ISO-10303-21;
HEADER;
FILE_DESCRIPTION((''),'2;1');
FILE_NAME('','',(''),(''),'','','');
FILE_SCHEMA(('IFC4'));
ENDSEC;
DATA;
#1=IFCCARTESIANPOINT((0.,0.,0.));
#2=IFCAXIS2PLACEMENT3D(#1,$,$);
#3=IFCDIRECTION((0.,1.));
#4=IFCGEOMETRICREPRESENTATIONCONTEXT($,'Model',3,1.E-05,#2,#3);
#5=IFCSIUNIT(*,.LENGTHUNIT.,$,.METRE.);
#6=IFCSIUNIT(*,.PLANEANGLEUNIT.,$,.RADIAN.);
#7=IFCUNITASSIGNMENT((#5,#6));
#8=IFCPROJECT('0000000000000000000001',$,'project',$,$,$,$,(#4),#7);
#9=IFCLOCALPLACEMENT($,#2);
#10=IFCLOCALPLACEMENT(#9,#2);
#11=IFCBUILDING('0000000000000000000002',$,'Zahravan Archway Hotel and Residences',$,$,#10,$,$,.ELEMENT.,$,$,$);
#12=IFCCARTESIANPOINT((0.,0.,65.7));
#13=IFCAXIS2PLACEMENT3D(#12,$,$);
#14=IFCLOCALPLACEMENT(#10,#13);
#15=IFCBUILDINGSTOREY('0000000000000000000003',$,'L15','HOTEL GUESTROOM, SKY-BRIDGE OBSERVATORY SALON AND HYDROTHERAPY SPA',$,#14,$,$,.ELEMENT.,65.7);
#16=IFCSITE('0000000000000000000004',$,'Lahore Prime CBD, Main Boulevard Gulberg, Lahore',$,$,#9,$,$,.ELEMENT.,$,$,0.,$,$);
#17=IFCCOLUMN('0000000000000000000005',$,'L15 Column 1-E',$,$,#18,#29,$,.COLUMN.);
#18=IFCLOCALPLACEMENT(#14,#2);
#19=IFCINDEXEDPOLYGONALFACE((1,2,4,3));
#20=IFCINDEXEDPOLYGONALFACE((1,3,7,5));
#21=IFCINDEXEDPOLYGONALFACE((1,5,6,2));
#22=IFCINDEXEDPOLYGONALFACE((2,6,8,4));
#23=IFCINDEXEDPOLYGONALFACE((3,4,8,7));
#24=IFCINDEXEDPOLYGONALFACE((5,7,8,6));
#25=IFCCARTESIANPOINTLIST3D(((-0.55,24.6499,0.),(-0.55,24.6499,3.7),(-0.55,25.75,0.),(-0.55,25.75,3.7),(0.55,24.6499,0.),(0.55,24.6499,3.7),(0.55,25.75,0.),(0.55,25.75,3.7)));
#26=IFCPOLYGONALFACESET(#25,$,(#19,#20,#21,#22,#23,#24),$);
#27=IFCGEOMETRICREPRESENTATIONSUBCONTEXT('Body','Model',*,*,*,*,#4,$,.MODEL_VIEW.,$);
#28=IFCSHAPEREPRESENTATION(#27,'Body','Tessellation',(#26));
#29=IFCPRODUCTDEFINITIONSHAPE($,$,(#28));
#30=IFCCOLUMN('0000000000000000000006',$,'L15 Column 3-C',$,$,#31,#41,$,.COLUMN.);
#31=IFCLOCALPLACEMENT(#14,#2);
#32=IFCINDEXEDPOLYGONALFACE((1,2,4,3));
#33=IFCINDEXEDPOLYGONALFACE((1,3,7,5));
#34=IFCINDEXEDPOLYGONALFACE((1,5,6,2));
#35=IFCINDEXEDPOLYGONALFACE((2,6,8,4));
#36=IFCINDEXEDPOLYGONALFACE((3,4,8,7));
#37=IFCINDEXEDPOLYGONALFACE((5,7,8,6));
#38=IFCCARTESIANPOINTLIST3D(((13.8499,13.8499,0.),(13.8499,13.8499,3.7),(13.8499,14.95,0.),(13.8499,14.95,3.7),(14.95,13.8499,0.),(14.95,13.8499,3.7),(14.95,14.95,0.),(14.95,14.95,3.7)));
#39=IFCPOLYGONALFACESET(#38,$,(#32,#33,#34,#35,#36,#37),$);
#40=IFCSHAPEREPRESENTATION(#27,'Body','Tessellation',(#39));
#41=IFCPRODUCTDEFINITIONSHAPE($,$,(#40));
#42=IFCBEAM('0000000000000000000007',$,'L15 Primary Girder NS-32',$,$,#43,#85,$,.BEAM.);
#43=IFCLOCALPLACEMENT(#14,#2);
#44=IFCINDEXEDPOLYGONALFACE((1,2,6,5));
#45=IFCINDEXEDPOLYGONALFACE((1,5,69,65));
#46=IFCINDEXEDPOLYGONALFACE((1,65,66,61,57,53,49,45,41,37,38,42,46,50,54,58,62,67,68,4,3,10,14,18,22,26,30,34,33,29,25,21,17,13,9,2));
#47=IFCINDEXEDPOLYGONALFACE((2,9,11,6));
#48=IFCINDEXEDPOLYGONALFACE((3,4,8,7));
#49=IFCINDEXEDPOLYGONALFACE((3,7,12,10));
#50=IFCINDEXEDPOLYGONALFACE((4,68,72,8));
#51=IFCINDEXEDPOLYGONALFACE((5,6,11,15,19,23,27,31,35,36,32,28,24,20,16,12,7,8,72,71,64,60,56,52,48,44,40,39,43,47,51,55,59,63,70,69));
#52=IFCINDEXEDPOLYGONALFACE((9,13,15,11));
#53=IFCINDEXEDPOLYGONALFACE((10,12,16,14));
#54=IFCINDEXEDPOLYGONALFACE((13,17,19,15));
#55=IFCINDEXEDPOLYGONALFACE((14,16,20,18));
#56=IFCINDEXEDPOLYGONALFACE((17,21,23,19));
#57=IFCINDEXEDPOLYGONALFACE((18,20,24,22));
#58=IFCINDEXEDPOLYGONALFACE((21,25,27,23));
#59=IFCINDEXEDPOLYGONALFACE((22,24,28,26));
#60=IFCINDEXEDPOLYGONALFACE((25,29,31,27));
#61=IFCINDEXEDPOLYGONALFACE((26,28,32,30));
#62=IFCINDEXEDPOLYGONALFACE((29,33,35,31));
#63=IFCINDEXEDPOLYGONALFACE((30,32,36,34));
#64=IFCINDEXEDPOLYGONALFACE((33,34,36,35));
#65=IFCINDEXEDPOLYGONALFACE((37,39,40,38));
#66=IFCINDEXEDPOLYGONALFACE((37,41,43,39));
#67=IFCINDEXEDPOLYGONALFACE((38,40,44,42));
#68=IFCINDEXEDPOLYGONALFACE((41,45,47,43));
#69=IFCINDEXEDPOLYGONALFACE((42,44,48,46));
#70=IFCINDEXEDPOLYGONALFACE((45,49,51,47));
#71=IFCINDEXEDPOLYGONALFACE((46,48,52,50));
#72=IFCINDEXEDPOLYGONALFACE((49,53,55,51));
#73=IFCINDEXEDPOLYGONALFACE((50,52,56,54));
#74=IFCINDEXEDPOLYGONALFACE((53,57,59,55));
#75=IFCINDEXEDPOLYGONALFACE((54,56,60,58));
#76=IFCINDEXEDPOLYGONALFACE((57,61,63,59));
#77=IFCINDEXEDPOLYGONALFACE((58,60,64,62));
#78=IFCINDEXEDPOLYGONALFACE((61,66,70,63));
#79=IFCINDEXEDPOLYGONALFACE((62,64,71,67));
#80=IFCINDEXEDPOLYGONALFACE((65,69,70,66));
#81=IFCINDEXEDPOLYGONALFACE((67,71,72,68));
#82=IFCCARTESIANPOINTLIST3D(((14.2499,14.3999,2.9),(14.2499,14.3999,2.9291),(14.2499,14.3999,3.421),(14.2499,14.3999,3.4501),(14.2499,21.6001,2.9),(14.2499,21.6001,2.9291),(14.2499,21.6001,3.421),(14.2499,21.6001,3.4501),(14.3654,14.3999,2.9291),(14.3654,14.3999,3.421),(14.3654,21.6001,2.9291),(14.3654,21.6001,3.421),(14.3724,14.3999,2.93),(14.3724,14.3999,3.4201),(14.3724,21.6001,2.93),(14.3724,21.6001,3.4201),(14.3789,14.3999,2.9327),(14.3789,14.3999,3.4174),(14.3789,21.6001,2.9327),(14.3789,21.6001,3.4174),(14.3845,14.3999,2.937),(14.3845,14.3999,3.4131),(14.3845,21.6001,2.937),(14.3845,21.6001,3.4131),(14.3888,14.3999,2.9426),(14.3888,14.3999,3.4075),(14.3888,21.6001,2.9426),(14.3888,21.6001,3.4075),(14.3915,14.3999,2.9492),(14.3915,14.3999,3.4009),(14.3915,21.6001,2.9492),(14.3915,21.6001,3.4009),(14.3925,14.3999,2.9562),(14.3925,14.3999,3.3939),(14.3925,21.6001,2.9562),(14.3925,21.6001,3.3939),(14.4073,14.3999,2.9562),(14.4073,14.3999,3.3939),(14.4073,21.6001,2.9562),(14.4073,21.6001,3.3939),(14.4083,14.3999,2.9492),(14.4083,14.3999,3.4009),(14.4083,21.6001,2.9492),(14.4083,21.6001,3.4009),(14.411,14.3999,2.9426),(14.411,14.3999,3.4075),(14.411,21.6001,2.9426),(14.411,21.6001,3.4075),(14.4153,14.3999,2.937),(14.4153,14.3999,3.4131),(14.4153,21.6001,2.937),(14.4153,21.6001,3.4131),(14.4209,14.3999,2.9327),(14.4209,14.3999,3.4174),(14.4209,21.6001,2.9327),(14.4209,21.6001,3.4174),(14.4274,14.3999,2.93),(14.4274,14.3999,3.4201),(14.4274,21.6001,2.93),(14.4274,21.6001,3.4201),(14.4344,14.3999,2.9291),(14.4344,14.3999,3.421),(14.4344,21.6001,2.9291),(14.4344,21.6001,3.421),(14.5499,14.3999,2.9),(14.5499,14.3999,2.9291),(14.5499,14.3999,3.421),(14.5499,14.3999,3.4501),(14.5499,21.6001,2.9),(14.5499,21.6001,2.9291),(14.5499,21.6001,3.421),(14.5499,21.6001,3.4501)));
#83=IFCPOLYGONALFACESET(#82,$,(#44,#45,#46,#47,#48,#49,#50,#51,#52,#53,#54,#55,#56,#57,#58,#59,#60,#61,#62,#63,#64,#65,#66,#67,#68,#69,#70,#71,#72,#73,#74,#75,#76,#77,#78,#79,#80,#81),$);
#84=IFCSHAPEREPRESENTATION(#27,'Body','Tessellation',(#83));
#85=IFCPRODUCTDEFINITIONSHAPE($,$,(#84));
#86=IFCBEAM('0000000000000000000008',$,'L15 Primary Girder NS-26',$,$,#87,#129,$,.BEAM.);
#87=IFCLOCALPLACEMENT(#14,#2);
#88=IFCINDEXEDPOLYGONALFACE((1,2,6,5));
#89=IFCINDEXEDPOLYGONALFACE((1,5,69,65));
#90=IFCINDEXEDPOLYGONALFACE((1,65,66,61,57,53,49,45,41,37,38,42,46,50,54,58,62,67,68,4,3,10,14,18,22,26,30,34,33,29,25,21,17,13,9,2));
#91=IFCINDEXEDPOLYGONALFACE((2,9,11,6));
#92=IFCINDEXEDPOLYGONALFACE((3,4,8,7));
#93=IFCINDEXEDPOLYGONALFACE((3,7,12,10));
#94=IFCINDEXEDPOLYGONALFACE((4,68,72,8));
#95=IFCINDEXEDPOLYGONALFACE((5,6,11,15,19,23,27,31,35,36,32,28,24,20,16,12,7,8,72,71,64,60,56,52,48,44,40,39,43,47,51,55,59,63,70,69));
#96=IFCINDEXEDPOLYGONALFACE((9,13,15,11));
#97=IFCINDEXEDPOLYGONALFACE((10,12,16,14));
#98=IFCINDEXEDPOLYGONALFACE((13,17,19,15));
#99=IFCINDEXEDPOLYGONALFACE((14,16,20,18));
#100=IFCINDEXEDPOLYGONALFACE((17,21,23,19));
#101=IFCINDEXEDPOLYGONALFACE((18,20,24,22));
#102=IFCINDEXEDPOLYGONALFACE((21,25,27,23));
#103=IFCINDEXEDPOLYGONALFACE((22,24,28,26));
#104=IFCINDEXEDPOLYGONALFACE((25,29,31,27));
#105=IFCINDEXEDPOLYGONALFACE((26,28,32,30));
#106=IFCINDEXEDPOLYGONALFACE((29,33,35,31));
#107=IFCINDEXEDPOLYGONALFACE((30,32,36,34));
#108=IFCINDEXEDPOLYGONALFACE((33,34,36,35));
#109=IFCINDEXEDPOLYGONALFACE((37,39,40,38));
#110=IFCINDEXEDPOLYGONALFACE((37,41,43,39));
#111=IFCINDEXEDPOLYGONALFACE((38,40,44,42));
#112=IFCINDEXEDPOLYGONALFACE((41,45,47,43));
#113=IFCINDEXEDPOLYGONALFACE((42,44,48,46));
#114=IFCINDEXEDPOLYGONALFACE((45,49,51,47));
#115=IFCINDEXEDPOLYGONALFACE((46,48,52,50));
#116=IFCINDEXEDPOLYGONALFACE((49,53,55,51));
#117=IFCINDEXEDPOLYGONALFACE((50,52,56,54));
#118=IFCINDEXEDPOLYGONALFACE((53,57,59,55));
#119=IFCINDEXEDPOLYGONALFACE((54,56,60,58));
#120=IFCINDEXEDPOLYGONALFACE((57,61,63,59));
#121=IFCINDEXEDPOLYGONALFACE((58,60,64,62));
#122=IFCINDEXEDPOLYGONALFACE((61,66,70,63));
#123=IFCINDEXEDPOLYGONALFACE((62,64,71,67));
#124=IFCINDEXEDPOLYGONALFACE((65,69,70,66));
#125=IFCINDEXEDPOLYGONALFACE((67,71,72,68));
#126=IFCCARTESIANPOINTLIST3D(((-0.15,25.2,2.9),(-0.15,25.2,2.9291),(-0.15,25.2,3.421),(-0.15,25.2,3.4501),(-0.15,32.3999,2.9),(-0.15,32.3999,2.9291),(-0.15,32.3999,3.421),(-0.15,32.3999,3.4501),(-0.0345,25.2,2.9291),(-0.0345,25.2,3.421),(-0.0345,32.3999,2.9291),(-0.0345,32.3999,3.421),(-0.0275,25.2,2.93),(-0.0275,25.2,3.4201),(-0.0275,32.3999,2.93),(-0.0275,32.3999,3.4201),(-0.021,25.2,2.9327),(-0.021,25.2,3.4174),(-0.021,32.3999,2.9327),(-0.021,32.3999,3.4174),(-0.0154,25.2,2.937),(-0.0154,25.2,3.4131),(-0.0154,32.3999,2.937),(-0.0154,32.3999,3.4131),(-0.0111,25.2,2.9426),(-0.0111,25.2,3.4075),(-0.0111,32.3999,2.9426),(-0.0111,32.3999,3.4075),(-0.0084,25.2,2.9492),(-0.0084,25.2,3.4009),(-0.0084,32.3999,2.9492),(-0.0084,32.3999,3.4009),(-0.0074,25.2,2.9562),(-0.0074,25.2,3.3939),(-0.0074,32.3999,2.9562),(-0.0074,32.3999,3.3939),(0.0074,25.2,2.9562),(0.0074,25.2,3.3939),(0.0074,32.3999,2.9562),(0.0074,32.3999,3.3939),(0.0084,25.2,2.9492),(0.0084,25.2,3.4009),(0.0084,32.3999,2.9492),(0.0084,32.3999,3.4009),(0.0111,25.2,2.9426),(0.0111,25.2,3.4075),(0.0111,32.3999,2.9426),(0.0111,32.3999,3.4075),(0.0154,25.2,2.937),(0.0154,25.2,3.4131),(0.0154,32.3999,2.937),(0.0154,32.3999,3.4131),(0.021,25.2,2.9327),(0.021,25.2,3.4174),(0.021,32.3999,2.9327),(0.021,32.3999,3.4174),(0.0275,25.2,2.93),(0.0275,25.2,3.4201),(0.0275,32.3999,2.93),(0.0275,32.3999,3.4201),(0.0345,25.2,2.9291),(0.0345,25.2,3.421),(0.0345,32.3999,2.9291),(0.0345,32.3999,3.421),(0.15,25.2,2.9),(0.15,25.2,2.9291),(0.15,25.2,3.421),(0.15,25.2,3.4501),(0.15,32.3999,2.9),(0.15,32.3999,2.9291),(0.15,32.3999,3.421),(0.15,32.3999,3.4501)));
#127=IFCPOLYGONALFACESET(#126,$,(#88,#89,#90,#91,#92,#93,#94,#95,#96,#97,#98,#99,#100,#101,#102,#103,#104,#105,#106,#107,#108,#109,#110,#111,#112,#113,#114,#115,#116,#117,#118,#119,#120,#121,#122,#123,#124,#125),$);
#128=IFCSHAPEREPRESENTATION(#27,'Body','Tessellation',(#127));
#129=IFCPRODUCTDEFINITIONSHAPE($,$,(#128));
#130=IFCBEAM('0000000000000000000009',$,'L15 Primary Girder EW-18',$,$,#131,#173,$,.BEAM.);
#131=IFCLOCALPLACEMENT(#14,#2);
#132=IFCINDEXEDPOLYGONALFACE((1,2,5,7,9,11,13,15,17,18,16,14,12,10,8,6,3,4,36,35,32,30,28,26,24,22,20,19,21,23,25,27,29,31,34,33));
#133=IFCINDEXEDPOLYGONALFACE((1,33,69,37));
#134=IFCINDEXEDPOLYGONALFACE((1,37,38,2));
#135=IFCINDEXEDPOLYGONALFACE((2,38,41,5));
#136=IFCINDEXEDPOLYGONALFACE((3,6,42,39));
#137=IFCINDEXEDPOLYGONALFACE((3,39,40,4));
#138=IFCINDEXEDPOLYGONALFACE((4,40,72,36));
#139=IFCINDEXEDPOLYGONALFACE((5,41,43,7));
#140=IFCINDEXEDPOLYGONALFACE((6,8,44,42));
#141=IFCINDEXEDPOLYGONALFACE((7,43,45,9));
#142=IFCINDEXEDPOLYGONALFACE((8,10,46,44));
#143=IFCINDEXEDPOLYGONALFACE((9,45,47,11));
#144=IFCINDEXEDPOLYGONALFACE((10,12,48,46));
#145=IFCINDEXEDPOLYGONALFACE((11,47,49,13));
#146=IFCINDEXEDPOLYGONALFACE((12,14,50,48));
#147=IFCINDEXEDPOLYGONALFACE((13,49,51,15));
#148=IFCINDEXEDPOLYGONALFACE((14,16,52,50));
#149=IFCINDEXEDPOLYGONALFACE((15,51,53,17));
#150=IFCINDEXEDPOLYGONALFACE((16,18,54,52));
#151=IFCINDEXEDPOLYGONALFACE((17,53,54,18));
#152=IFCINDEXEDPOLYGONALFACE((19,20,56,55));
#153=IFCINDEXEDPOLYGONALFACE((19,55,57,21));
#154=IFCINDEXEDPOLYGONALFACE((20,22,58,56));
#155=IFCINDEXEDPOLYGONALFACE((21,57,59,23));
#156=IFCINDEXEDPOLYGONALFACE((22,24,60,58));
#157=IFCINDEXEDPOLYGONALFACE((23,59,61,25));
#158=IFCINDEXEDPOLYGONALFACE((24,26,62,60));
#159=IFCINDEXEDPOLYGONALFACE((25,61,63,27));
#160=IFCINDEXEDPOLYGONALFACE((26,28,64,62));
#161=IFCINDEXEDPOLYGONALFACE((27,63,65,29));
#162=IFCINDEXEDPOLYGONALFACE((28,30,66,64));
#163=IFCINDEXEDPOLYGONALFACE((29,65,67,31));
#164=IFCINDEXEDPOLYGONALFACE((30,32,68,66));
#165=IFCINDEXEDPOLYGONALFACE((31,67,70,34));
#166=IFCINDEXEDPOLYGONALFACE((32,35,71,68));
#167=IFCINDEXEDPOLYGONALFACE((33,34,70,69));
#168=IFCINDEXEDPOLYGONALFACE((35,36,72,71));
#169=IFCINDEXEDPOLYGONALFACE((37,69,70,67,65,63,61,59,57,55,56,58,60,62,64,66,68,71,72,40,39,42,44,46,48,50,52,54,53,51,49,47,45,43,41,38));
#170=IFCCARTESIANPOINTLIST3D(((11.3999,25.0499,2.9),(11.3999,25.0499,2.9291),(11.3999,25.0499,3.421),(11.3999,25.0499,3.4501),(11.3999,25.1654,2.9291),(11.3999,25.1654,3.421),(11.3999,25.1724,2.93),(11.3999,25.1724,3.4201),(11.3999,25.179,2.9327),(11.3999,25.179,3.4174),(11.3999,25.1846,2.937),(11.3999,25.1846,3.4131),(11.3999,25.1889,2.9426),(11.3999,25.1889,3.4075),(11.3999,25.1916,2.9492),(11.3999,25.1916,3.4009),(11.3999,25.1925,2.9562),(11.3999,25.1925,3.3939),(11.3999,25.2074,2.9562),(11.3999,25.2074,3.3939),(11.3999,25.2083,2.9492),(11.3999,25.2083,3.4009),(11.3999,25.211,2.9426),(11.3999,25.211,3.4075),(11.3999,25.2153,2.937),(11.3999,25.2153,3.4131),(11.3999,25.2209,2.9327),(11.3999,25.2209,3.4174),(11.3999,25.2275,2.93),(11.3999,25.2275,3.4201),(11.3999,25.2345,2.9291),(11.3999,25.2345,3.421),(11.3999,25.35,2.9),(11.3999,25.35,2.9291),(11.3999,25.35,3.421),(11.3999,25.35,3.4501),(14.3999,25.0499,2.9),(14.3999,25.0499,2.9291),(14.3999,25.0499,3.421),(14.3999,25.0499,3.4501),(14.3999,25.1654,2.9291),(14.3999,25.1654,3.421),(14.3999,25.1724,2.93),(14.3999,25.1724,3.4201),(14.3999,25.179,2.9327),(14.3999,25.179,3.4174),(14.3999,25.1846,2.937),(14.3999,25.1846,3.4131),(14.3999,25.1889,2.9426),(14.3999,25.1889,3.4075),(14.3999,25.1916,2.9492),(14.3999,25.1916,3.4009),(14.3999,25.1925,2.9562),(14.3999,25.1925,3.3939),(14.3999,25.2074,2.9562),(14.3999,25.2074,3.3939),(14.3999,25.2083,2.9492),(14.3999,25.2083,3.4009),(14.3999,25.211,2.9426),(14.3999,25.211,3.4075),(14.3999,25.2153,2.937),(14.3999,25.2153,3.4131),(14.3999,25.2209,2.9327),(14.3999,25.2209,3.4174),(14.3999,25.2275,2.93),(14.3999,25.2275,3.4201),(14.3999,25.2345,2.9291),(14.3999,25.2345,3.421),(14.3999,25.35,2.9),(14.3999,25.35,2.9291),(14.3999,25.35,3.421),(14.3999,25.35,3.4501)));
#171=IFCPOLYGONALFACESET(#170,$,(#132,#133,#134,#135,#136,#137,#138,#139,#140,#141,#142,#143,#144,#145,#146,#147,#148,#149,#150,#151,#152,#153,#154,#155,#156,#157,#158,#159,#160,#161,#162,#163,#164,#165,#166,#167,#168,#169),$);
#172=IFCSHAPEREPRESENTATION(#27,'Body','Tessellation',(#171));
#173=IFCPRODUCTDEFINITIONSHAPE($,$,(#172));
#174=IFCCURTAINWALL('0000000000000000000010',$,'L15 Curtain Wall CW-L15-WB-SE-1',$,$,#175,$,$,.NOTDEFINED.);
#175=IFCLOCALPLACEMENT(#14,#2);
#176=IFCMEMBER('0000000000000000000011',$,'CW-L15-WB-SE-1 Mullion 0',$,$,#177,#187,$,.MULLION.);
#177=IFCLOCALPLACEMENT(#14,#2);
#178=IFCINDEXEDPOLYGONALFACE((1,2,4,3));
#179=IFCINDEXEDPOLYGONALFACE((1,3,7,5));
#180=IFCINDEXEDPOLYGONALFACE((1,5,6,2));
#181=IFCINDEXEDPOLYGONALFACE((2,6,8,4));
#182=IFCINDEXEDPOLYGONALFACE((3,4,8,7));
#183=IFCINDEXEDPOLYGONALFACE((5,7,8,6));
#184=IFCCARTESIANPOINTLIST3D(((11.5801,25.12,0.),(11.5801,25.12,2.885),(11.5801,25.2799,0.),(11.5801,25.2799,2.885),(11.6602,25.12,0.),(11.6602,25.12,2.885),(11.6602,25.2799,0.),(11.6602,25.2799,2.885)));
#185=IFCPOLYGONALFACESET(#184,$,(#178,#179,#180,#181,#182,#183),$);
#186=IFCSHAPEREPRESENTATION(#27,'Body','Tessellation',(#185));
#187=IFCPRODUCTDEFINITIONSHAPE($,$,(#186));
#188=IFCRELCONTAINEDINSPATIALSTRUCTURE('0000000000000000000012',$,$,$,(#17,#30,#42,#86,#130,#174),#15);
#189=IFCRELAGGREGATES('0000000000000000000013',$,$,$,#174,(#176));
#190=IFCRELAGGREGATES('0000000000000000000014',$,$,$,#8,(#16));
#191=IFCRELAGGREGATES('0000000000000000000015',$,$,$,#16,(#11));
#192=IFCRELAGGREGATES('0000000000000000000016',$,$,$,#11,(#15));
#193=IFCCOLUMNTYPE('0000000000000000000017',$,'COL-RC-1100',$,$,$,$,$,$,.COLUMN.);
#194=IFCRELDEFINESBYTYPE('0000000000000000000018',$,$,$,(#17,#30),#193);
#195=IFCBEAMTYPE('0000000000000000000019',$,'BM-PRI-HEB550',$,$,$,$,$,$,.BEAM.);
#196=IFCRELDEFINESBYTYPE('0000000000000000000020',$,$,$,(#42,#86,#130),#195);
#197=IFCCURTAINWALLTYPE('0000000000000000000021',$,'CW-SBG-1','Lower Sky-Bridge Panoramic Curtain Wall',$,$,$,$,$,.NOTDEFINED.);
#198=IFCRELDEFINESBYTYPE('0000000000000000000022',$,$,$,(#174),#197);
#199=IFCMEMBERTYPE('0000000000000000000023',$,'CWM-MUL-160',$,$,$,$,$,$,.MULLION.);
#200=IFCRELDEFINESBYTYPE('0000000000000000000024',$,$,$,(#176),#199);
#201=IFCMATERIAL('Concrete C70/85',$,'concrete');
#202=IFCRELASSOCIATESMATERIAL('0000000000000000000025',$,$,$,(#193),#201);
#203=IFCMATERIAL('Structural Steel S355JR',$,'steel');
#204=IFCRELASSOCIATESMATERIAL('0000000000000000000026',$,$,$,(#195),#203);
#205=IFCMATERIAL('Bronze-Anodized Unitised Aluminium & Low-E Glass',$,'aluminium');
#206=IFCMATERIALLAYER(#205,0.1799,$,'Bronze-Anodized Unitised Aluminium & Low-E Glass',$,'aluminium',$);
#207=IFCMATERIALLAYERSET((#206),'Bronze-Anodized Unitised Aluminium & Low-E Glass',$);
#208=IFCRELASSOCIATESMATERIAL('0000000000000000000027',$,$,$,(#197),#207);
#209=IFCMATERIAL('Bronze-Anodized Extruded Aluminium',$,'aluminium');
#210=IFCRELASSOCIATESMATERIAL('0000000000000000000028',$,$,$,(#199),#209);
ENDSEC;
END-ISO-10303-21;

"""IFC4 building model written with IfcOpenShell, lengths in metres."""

from ifc_helpers import new_model, si_unit, direction, frame, origin, origin_2d, place, context, subcontext, project, spatial, rectangle, i_section, extrude, source, transform, mapped, material, layer, layer_set, material_profile, profile_set, type_object, type_shapes, element, aggregate, save


model = new_model("IFC4")

# Units and contexts
model_context = context("Model", 3, precision=1e-05, world=origin(), true_north=direction((0.0, 1.0)))
body_context = subcontext(model_context, "Body", "Model", "MODEL_VIEW")
ifc_project = project(units=[si_unit("LENGTHUNIT", "METRE"), si_unit("PLANEANGLEUNIT", "RADIAN")], contexts=[model_context])

# Site, building, storey
site_placement = place(None, origin())
site = spatial("IfcSite", under=ifc_project, at=site_placement, Name="Lahore Prime CBD, Main Boulevard Gulberg, Lahore", CompositionType="ELEMENT", RefElevation=0.0)
building_placement = place(site_placement, origin())
building = spatial("IfcBuilding", under=site, at=building_placement, Name="Zahravan Archway Hotel and Residences", CompositionType="ELEMENT")
storey_placement = place(building_placement, frame((0.0, 0.0, 65.7)))
storey = spatial("IfcBuildingStorey", under=building, at=storey_placement, Name="L15", Description="HOTEL GUESTROOM, SKY-BRIDGE OBSERVATORY SALON AND HYDROTHERAPY SPA", CompositionType="ELEMENT", Elevation=65.7)

# Columns
ifc_material_1 = material(Name="Concrete C70/85", Category="concrete")
ifc_material_profile_1 = material_profile(ifc_material_1, rectangle(XDim=1.1001, YDim=1.1001, at=origin_2d()), Name="RC 1100x1100", Category="concrete")
ifc_profile_set_1 = profile_set([ifc_material_profile_1], Name="Concrete C70/85")
column_type = type_object("IfcColumnType", Name="COL-RC-1100", PredefinedType="COLUMN", material=ifc_profile_set_1)
shared_shape_1 = source(origin(), body_context, "Body", "SweptSolid", [
    extrude(rectangle(XDim=1.1001, YDim=1.1001, at=origin_2d()), origin(), (0.0, 0.0, 1.0), 3.7),
])
for number, where, z_axis, x_axis, name in (
    (1, (0.0, 25.2, 0.0), (0.0, 0.0, 1.0), (1.0, 0.0, 0.0), "L15 Column 1-E"),
    (2, (14.3999, 14.3999, 0.0), (0.0, 0.0, 1.0), (1.0, 0.0, 0.0), "L15 Column 3-C"),
):
    element("IfcColumn", number, at=place(storey_placement, frame(where, z_axis=z_axis, x_axis=x_axis)), inside=storey, type_object=column_type, Name=name, PredefinedType="COLUMN", context=body_context, shape_type="MappedRepresentation", body=[
        mapped(shared_shape_1, transform((0.0, 0.0, 0.0), scale=1.0)),
    ])

# Beams
ifc_material_2 = material(Name="Structural Steel S355JR", Category="steel")
ifc_material_profile_2 = material_profile(ifc_material_2, i_section(OverallWidth=0.3, OverallDepth=0.55, WebThickness=0.0149, FlangeThickness=0.0291, FilletRadius=0.0271, at=origin_2d()), Name="HEB 550", Category="steel")
ifc_profile_set_2 = profile_set([ifc_material_profile_2], Name="Structural Steel S355JR")
beam_type = type_object("IfcBeamType", Name="BM-PRI-HEB550", PredefinedType="BEAM", material=ifc_profile_set_2)
shared_shape_2 = source(origin(), body_context, "Body", "SweptSolid", [
    extrude(i_section(OverallWidth=0.3, OverallDepth=0.55, WebThickness=0.0149, FlangeThickness=0.0291, FilletRadius=0.0271, at=origin_2d()), origin(), (0.0, 0.0, 1.0), 7.2002),
])
type_shapes(beam_type, [shared_shape_2])
beam_1_placement = place(storey_placement, frame((14.3999, 14.3999, 3.175), z_axis=(0.0, 1.0, 0.0), x_axis=(-1.0, 0.0, 0.0)))
element("IfcBeam", 3, at=beam_1_placement, inside=storey, type_object=beam_type, Name="L15 Primary Girder NS-32", PredefinedType="BEAM", context=body_context, shape_type="MappedRepresentation", body=[
    mapped(shared_shape_2, transform((0.0, 0.0, 0.0), scale=1.0)),
])
shared_shape_3 = source(origin(), body_context, "Body", "SweptSolid", [
    extrude(i_section(OverallWidth=0.3, OverallDepth=0.55, WebThickness=0.0149, FlangeThickness=0.0291, FilletRadius=0.0271, at=origin_2d()), origin(), (0.0, 0.0, 1.0), 7.2),
])
beam_2_placement = place(storey_placement, frame((0.0, 25.2, 3.175), z_axis=(0.0, 1.0, 0.0), x_axis=(-1.0, 0.0, 0.0)))
element("IfcBeam", 4, at=beam_2_placement, inside=storey, type_object=beam_type, Name="L15 Primary Girder NS-26", PredefinedType="BEAM", context=body_context, shape_type="MappedRepresentation", body=[
    mapped(shared_shape_3, transform((0.0, 0.0, 0.0), scale=1.0)),
])
shared_shape_4 = source(origin(), body_context, "Body", "SweptSolid", [
    extrude(i_section(OverallWidth=0.3, OverallDepth=0.55, WebThickness=0.0149, FlangeThickness=0.0291, FilletRadius=0.0271, at=origin_2d()), origin(), (0.0, 0.0, 1.0), 3.0),
])
beam_3_placement = place(storey_placement, frame((11.3999, 25.2, 3.175), z_axis=(1.0, 0.0, 0.0), x_axis=(0.0, 1.0, 0.0)))
element("IfcBeam", 5, at=beam_3_placement, inside=storey, type_object=beam_type, Name="L15 Primary Girder EW-18", PredefinedType="BEAM", context=body_context, shape_type="MappedRepresentation", body=[
    mapped(shared_shape_4, transform((0.0, 0.0, 0.0), scale=1.0)),
])

# Curtain wall, member
ifc_material_3 = material(Name="Bronze-Anodized Unitised Aluminium & Low-E Glass", Category="aluminium")
ifc_layer_1 = layer(ifc_material_3, 0.1799, Name="Bronze-Anodized Unitised Aluminium & Low-E Glass", Category="aluminium")
ifc_layer_set_1 = layer_set([ifc_layer_1], Name="Bronze-Anodized Unitised Aluminium & Low-E Glass")
curtain_wall_type = type_object("IfcCurtainWallType", Name="CW-SBG-1", Description="Lower Sky-Bridge Panoramic Curtain Wall", PredefinedType="NOTDEFINED", material=ifc_layer_set_1)
curtain_wall_placement = place(storey_placement, origin())
curtain_wall = element("IfcCurtainWall", 6, at=curtain_wall_placement, inside=storey, type_object=curtain_wall_type, Name="L15 Curtain Wall CW-L15-WB-SE-1", PredefinedType="NOTDEFINED")
ifc_material_4 = material(Name="Bronze-Anodized Extruded Aluminium", Category="aluminium")
ifc_material_profile_3 = material_profile(ifc_material_4, rectangle(XDim=0.0801, YDim=0.1599, at=origin_2d()), Name="MUL 80x160", Category="aluminium")
ifc_profile_set_3 = profile_set([ifc_material_profile_3], Name="Bronze-Anodized Extruded Aluminium")
member_type_1 = type_object("IfcMemberType", Name="CWM-MUL-160", PredefinedType="MULLION", material=ifc_profile_set_3)
shared_shape_5 = source(origin(), body_context, "Body", "SweptSolid", [
    extrude(rectangle(XDim=0.0801, YDim=0.1599, at=origin_2d()), origin(), (0.0, 0.0, 1.0), 2.885),
])
member_1_placement = place(storey_placement, frame((11.6201, 25.2, 0.0), z_axis=(0.0, 0.0, 1.0), x_axis=(1.0, 0.0, 0.0)))
member_1 = element("IfcMember", 7, at=member_1_placement, type_object=member_type_1, Name="CW-L15-WB-SE-1 Mullion 0", PredefinedType="MULLION", context=body_context, shape_type="MappedRepresentation", body=[
    mapped(shared_shape_5, transform((0.0, 0.0, 0.0), scale=1.0)),
])

aggregate(curtain_wall, [member_1])

save(model, "model.ifc")
